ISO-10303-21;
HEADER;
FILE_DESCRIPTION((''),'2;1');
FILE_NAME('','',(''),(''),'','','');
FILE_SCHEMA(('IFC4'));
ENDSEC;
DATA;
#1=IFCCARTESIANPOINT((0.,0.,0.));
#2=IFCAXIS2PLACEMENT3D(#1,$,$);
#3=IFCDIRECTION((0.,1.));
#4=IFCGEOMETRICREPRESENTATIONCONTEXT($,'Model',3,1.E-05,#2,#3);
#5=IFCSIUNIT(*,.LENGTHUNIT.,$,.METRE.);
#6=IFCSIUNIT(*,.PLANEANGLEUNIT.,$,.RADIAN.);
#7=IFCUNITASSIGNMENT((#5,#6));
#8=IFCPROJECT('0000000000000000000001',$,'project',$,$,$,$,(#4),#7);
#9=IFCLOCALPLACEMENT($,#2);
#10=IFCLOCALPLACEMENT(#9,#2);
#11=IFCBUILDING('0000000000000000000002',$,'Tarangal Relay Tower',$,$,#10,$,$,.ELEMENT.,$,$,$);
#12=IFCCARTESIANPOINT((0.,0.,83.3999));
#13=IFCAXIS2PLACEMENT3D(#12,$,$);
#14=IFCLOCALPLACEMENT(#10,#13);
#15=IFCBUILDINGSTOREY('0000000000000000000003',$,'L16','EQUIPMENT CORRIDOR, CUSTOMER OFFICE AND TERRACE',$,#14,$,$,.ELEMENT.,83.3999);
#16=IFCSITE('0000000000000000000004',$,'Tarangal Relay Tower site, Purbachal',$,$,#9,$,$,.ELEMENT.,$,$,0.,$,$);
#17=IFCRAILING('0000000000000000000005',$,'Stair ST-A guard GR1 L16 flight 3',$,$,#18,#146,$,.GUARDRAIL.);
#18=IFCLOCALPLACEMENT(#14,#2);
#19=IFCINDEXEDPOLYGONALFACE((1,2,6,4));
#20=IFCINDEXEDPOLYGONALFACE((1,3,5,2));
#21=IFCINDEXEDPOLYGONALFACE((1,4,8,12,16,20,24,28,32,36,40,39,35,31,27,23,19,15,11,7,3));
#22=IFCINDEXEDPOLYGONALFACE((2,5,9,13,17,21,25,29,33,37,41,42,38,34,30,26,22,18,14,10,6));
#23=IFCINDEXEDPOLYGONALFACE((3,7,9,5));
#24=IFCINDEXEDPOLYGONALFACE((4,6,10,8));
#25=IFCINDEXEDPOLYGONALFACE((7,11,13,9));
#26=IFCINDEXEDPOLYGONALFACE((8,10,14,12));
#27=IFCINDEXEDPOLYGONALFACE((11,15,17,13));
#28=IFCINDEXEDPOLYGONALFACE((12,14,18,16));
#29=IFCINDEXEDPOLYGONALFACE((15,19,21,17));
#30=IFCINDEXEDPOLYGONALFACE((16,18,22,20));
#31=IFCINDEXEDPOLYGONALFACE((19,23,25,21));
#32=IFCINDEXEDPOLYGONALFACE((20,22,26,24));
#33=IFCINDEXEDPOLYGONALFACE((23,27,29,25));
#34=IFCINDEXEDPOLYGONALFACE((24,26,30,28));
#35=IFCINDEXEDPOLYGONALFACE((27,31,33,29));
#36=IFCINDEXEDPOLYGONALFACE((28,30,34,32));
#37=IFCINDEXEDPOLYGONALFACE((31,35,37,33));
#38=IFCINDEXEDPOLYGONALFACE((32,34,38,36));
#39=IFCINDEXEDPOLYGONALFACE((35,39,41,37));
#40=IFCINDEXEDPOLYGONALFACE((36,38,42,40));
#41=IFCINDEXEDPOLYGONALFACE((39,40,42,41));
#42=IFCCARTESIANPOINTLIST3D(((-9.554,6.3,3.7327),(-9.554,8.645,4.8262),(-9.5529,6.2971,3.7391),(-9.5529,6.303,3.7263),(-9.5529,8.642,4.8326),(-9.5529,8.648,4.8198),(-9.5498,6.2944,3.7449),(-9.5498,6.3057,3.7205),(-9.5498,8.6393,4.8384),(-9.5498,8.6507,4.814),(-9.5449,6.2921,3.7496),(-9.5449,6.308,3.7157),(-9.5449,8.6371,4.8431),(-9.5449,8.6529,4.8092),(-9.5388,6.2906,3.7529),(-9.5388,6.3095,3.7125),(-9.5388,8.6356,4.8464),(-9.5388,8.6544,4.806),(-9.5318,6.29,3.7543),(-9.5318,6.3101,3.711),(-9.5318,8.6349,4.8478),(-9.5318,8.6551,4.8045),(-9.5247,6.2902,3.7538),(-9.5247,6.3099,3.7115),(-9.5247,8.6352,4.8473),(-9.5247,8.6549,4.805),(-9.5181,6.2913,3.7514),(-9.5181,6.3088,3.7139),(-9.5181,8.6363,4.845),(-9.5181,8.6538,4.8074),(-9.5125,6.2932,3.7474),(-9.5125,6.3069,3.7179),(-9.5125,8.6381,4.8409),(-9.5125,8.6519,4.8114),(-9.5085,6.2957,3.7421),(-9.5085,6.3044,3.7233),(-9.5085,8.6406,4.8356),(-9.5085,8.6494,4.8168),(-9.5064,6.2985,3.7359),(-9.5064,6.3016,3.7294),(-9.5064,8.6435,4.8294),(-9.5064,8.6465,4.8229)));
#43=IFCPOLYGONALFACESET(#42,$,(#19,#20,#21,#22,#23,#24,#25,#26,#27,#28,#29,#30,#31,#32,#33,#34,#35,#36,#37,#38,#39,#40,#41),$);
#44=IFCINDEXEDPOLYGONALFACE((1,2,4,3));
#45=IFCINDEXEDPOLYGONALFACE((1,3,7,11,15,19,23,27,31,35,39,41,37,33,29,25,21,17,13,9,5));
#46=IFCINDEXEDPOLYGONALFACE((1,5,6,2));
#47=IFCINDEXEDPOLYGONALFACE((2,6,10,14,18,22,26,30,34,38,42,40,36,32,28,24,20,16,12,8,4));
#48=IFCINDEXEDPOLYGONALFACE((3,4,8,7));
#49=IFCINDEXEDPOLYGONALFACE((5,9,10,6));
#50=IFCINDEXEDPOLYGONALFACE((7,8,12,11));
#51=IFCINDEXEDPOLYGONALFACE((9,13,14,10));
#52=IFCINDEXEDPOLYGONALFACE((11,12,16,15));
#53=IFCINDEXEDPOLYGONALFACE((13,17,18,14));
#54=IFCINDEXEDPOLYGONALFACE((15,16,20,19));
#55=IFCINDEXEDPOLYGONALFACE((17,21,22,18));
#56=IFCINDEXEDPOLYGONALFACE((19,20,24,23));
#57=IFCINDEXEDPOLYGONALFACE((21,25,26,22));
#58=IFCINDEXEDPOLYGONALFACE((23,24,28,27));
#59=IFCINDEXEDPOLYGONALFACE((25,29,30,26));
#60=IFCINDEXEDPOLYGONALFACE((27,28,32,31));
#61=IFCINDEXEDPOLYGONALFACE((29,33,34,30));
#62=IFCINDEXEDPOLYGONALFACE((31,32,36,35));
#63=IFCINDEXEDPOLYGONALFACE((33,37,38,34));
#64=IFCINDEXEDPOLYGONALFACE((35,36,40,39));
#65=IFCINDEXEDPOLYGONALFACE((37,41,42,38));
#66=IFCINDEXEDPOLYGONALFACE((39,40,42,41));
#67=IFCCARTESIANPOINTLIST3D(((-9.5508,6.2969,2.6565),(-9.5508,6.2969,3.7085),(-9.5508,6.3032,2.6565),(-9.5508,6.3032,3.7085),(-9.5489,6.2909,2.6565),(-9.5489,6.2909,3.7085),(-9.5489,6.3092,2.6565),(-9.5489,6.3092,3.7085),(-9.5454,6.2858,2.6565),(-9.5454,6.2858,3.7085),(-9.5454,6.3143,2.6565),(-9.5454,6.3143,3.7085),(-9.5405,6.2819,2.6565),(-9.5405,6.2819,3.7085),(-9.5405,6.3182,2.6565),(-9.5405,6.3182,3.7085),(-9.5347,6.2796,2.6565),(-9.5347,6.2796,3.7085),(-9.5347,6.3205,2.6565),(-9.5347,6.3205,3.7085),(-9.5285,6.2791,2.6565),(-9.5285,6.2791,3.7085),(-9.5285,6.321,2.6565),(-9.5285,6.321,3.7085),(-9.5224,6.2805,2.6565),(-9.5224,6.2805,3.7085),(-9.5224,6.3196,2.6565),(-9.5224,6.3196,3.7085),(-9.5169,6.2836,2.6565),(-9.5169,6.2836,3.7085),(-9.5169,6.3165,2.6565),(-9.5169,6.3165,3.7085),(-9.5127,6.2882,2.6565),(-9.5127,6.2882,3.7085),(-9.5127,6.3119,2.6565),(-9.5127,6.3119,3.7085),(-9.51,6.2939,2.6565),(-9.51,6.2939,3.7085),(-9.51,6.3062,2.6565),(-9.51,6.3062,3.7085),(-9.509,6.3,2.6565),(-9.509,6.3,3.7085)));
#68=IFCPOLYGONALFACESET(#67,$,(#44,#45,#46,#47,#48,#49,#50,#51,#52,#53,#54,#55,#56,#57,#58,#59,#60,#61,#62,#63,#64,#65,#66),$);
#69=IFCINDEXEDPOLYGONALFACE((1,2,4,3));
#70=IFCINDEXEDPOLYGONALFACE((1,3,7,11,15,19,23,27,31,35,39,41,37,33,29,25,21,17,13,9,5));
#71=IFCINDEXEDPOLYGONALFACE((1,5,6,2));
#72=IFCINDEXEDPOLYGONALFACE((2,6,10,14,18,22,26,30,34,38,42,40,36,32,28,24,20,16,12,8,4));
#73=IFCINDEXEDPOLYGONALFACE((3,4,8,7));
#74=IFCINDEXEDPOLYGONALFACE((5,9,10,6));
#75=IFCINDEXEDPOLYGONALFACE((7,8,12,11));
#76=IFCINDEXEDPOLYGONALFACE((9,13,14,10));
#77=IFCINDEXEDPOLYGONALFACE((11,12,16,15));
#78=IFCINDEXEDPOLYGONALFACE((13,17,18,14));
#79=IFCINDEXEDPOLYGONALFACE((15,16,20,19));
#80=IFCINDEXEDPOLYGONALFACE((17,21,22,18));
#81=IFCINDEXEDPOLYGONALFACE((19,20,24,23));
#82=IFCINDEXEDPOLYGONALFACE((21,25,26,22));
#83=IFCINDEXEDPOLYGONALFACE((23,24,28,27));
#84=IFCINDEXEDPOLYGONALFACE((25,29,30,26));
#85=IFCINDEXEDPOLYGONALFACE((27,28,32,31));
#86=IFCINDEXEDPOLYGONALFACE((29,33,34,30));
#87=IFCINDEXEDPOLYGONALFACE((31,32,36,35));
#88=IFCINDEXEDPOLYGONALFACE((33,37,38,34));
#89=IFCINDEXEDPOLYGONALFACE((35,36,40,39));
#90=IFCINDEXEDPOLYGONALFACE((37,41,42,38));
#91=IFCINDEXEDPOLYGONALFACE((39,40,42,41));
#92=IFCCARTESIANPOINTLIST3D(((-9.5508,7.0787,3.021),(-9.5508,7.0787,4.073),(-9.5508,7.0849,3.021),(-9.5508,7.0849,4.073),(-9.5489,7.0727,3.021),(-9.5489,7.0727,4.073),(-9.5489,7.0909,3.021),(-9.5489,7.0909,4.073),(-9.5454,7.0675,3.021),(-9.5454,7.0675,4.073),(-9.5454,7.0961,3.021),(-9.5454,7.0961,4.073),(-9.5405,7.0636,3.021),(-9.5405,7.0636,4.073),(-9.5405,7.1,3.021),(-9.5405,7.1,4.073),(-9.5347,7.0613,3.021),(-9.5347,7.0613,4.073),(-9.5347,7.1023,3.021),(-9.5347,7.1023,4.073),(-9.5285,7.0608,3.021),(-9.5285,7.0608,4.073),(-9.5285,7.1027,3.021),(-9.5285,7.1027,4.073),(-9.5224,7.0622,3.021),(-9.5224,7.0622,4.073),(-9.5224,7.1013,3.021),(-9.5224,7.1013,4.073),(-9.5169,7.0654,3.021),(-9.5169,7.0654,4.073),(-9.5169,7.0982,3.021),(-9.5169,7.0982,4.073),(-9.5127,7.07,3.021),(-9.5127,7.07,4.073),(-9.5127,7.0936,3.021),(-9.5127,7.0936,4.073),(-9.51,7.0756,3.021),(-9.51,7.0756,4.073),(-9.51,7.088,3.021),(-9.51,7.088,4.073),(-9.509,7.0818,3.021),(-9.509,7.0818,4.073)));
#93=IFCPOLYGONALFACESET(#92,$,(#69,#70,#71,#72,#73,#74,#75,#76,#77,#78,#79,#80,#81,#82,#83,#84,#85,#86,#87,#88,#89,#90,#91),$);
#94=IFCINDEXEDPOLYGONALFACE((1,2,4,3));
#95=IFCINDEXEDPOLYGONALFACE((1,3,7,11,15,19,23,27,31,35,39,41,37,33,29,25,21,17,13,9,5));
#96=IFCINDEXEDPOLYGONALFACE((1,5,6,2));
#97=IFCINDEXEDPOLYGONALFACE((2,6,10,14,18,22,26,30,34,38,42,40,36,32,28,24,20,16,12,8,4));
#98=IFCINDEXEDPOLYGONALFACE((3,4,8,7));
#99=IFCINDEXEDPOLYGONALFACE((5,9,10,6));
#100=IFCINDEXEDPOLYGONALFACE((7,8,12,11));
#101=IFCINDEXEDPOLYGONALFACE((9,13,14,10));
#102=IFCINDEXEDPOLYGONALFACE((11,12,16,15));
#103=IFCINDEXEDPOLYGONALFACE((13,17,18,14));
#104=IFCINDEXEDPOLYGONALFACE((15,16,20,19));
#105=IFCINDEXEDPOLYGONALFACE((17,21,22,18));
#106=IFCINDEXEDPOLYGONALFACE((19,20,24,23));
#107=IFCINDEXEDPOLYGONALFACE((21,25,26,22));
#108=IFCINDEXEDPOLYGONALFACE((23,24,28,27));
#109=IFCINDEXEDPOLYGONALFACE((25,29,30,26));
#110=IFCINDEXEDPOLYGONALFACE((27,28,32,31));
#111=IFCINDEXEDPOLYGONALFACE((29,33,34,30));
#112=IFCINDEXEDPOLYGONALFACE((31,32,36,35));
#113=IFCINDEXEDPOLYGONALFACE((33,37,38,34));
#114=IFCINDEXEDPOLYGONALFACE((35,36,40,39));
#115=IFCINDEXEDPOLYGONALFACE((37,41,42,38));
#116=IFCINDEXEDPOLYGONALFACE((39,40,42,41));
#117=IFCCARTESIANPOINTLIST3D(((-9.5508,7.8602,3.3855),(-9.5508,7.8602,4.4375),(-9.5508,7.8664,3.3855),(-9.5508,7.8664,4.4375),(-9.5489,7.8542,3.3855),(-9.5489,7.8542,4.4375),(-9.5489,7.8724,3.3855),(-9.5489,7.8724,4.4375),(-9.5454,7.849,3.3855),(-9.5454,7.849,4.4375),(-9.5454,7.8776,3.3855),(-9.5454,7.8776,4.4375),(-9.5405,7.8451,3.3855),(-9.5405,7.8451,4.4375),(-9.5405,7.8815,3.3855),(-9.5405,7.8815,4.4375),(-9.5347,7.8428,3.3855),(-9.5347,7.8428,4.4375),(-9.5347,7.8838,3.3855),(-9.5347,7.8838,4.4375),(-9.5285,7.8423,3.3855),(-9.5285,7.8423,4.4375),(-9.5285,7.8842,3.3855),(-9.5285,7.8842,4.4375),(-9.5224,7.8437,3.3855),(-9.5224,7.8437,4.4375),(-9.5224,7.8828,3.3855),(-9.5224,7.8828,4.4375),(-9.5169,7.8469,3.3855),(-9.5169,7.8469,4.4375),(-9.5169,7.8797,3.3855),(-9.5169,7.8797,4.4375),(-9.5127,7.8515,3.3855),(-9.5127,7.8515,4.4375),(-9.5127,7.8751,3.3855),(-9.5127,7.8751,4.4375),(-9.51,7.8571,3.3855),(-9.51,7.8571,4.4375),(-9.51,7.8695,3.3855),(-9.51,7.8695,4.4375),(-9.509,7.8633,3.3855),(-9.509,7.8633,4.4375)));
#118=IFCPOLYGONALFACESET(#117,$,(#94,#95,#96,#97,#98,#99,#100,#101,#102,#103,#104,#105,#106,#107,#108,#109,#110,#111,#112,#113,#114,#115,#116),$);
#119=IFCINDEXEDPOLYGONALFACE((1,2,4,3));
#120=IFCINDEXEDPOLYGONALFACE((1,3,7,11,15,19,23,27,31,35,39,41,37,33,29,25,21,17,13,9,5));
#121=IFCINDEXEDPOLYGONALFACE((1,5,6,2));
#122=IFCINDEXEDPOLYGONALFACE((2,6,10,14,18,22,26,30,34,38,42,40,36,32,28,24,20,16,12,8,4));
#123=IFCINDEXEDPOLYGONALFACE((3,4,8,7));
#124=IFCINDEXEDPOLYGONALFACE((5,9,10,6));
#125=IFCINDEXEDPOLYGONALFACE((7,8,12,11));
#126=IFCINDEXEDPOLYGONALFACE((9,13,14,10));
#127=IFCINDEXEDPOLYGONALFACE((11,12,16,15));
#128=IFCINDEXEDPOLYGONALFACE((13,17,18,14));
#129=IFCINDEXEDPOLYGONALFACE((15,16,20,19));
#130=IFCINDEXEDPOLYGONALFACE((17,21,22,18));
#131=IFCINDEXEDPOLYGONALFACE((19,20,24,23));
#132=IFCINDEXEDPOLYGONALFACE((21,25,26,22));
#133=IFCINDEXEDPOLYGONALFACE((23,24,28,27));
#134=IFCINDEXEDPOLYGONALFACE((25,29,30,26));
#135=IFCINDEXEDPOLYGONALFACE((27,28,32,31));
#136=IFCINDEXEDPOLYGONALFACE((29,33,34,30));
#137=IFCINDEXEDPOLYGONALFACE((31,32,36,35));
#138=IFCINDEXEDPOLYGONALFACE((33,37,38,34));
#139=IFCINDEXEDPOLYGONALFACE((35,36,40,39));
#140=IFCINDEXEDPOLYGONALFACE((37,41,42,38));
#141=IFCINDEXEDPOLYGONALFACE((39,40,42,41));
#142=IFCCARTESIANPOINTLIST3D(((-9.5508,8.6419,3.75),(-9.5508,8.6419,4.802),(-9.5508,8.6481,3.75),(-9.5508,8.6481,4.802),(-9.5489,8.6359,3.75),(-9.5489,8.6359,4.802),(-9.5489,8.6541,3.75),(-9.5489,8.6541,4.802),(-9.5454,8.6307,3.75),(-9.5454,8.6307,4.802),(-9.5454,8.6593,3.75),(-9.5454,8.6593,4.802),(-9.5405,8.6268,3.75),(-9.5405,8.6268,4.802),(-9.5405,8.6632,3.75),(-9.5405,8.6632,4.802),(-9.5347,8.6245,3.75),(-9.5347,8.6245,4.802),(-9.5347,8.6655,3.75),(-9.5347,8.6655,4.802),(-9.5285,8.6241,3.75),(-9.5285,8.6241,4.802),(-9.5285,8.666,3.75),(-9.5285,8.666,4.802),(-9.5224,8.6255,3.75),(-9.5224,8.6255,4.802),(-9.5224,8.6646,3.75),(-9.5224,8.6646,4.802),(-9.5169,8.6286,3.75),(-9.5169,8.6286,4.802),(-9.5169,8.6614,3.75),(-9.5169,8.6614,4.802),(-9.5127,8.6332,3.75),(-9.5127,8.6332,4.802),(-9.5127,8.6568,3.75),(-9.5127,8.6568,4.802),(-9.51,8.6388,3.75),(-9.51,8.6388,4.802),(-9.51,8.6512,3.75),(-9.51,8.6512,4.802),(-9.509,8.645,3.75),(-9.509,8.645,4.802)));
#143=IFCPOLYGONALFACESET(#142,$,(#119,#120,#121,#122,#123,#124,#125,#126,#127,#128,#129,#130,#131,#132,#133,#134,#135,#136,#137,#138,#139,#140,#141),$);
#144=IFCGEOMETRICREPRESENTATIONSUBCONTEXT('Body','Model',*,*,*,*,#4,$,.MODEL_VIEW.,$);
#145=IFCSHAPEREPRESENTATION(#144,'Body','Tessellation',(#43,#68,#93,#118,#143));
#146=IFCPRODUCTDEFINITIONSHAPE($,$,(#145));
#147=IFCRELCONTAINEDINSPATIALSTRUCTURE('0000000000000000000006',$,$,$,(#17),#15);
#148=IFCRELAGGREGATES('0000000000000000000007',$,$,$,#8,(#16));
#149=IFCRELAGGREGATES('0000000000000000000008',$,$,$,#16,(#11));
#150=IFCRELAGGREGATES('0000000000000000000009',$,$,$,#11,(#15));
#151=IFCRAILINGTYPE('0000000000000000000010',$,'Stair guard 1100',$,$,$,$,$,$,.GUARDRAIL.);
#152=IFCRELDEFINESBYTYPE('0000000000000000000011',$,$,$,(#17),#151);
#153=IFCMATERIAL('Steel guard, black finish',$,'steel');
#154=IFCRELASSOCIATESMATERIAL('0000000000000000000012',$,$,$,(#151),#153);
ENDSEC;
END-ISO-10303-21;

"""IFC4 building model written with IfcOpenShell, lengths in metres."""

from ifc_helpers import new_model, si_unit, direction, frame, origin, origin_2d, place, context, subcontext, project, spatial, circle, extrude, material, type_object, element, save


model = new_model("IFC4")

# Units and contexts
model_context = context("Model", 3, precision=1e-05, world=origin(), true_north=direction((0.0, 1.0)))
body_context = subcontext(model_context, "Body", "Model", "MODEL_VIEW")
ifc_project = project(units=[si_unit("LENGTHUNIT", "METRE"), si_unit("PLANEANGLEUNIT", "RADIAN")], contexts=[model_context])

# Site, building, storey
site_placement = place(None, origin())
site = spatial("IfcSite", under=ifc_project, at=site_placement, Name="Tarangal Relay Tower site, Purbachal", CompositionType="ELEMENT", RefElevation=0.0)
building_placement = place(site_placement, origin())
building = spatial("IfcBuilding", under=site, at=building_placement, Name="Tarangal Relay Tower", CompositionType="ELEMENT")
storey_placement = place(building_placement, frame((0.0, 0.0, 83.3999)))
storey = spatial("IfcBuildingStorey", under=building, at=storey_placement, Name="L16", Description="EQUIPMENT CORRIDOR, CUSTOMER OFFICE AND TERRACE", CompositionType="ELEMENT", Elevation=83.3999)

# Railing
ifc_material_1 = material(Name="Steel guard, black finish", Category="steel")
railing_type = type_object("IfcRailingType", Name="Stair guard 1100", PredefinedType="GUARDRAIL", material=ifc_material_1)
for number, where, name in (
    (1, (-9.53, 6.3, 2.6565), "Stair ST-A guard GR1 L16 flight 3"),
):
    element("IfcRailing", number, at=place(storey_placement, frame(where)), inside=storey, type_object=railing_type, Name=name, PredefinedType="GUARDRAIL", context=body_context, shape_type="SweptSolid", body=[
        extrude(circle(Radius=0.0239, at=origin_2d()), frame((0.0, 0.0, 1.0762), z_axis=(0.0, 0.906304, 0.422627), x_axis=(-1.0, 0.0, 0.0)), (0.0, 0.0, 1.0), 2.5874),
        extrude(circle(Radius=0.021, at=origin_2d()), origin(), (0.0, 0.0, 1.0), 1.052),
        extrude(circle(Radius=0.021, at=origin_2d()), frame((0.0, 0.7817, 0.3645)), (0.0, 0.0, 1.0), 1.052),
        extrude(circle(Radius=0.021, at=origin_2d()), frame((0.0, 1.5632, 0.729)), (0.0, 0.0, 1.0), 1.052),
        extrude(circle(Radius=0.021, at=origin_2d()), frame((0.0, 2.345, 1.0935)), (0.0, 0.0, 1.0), 1.052),
    ])

save(model, "model.ifc")
